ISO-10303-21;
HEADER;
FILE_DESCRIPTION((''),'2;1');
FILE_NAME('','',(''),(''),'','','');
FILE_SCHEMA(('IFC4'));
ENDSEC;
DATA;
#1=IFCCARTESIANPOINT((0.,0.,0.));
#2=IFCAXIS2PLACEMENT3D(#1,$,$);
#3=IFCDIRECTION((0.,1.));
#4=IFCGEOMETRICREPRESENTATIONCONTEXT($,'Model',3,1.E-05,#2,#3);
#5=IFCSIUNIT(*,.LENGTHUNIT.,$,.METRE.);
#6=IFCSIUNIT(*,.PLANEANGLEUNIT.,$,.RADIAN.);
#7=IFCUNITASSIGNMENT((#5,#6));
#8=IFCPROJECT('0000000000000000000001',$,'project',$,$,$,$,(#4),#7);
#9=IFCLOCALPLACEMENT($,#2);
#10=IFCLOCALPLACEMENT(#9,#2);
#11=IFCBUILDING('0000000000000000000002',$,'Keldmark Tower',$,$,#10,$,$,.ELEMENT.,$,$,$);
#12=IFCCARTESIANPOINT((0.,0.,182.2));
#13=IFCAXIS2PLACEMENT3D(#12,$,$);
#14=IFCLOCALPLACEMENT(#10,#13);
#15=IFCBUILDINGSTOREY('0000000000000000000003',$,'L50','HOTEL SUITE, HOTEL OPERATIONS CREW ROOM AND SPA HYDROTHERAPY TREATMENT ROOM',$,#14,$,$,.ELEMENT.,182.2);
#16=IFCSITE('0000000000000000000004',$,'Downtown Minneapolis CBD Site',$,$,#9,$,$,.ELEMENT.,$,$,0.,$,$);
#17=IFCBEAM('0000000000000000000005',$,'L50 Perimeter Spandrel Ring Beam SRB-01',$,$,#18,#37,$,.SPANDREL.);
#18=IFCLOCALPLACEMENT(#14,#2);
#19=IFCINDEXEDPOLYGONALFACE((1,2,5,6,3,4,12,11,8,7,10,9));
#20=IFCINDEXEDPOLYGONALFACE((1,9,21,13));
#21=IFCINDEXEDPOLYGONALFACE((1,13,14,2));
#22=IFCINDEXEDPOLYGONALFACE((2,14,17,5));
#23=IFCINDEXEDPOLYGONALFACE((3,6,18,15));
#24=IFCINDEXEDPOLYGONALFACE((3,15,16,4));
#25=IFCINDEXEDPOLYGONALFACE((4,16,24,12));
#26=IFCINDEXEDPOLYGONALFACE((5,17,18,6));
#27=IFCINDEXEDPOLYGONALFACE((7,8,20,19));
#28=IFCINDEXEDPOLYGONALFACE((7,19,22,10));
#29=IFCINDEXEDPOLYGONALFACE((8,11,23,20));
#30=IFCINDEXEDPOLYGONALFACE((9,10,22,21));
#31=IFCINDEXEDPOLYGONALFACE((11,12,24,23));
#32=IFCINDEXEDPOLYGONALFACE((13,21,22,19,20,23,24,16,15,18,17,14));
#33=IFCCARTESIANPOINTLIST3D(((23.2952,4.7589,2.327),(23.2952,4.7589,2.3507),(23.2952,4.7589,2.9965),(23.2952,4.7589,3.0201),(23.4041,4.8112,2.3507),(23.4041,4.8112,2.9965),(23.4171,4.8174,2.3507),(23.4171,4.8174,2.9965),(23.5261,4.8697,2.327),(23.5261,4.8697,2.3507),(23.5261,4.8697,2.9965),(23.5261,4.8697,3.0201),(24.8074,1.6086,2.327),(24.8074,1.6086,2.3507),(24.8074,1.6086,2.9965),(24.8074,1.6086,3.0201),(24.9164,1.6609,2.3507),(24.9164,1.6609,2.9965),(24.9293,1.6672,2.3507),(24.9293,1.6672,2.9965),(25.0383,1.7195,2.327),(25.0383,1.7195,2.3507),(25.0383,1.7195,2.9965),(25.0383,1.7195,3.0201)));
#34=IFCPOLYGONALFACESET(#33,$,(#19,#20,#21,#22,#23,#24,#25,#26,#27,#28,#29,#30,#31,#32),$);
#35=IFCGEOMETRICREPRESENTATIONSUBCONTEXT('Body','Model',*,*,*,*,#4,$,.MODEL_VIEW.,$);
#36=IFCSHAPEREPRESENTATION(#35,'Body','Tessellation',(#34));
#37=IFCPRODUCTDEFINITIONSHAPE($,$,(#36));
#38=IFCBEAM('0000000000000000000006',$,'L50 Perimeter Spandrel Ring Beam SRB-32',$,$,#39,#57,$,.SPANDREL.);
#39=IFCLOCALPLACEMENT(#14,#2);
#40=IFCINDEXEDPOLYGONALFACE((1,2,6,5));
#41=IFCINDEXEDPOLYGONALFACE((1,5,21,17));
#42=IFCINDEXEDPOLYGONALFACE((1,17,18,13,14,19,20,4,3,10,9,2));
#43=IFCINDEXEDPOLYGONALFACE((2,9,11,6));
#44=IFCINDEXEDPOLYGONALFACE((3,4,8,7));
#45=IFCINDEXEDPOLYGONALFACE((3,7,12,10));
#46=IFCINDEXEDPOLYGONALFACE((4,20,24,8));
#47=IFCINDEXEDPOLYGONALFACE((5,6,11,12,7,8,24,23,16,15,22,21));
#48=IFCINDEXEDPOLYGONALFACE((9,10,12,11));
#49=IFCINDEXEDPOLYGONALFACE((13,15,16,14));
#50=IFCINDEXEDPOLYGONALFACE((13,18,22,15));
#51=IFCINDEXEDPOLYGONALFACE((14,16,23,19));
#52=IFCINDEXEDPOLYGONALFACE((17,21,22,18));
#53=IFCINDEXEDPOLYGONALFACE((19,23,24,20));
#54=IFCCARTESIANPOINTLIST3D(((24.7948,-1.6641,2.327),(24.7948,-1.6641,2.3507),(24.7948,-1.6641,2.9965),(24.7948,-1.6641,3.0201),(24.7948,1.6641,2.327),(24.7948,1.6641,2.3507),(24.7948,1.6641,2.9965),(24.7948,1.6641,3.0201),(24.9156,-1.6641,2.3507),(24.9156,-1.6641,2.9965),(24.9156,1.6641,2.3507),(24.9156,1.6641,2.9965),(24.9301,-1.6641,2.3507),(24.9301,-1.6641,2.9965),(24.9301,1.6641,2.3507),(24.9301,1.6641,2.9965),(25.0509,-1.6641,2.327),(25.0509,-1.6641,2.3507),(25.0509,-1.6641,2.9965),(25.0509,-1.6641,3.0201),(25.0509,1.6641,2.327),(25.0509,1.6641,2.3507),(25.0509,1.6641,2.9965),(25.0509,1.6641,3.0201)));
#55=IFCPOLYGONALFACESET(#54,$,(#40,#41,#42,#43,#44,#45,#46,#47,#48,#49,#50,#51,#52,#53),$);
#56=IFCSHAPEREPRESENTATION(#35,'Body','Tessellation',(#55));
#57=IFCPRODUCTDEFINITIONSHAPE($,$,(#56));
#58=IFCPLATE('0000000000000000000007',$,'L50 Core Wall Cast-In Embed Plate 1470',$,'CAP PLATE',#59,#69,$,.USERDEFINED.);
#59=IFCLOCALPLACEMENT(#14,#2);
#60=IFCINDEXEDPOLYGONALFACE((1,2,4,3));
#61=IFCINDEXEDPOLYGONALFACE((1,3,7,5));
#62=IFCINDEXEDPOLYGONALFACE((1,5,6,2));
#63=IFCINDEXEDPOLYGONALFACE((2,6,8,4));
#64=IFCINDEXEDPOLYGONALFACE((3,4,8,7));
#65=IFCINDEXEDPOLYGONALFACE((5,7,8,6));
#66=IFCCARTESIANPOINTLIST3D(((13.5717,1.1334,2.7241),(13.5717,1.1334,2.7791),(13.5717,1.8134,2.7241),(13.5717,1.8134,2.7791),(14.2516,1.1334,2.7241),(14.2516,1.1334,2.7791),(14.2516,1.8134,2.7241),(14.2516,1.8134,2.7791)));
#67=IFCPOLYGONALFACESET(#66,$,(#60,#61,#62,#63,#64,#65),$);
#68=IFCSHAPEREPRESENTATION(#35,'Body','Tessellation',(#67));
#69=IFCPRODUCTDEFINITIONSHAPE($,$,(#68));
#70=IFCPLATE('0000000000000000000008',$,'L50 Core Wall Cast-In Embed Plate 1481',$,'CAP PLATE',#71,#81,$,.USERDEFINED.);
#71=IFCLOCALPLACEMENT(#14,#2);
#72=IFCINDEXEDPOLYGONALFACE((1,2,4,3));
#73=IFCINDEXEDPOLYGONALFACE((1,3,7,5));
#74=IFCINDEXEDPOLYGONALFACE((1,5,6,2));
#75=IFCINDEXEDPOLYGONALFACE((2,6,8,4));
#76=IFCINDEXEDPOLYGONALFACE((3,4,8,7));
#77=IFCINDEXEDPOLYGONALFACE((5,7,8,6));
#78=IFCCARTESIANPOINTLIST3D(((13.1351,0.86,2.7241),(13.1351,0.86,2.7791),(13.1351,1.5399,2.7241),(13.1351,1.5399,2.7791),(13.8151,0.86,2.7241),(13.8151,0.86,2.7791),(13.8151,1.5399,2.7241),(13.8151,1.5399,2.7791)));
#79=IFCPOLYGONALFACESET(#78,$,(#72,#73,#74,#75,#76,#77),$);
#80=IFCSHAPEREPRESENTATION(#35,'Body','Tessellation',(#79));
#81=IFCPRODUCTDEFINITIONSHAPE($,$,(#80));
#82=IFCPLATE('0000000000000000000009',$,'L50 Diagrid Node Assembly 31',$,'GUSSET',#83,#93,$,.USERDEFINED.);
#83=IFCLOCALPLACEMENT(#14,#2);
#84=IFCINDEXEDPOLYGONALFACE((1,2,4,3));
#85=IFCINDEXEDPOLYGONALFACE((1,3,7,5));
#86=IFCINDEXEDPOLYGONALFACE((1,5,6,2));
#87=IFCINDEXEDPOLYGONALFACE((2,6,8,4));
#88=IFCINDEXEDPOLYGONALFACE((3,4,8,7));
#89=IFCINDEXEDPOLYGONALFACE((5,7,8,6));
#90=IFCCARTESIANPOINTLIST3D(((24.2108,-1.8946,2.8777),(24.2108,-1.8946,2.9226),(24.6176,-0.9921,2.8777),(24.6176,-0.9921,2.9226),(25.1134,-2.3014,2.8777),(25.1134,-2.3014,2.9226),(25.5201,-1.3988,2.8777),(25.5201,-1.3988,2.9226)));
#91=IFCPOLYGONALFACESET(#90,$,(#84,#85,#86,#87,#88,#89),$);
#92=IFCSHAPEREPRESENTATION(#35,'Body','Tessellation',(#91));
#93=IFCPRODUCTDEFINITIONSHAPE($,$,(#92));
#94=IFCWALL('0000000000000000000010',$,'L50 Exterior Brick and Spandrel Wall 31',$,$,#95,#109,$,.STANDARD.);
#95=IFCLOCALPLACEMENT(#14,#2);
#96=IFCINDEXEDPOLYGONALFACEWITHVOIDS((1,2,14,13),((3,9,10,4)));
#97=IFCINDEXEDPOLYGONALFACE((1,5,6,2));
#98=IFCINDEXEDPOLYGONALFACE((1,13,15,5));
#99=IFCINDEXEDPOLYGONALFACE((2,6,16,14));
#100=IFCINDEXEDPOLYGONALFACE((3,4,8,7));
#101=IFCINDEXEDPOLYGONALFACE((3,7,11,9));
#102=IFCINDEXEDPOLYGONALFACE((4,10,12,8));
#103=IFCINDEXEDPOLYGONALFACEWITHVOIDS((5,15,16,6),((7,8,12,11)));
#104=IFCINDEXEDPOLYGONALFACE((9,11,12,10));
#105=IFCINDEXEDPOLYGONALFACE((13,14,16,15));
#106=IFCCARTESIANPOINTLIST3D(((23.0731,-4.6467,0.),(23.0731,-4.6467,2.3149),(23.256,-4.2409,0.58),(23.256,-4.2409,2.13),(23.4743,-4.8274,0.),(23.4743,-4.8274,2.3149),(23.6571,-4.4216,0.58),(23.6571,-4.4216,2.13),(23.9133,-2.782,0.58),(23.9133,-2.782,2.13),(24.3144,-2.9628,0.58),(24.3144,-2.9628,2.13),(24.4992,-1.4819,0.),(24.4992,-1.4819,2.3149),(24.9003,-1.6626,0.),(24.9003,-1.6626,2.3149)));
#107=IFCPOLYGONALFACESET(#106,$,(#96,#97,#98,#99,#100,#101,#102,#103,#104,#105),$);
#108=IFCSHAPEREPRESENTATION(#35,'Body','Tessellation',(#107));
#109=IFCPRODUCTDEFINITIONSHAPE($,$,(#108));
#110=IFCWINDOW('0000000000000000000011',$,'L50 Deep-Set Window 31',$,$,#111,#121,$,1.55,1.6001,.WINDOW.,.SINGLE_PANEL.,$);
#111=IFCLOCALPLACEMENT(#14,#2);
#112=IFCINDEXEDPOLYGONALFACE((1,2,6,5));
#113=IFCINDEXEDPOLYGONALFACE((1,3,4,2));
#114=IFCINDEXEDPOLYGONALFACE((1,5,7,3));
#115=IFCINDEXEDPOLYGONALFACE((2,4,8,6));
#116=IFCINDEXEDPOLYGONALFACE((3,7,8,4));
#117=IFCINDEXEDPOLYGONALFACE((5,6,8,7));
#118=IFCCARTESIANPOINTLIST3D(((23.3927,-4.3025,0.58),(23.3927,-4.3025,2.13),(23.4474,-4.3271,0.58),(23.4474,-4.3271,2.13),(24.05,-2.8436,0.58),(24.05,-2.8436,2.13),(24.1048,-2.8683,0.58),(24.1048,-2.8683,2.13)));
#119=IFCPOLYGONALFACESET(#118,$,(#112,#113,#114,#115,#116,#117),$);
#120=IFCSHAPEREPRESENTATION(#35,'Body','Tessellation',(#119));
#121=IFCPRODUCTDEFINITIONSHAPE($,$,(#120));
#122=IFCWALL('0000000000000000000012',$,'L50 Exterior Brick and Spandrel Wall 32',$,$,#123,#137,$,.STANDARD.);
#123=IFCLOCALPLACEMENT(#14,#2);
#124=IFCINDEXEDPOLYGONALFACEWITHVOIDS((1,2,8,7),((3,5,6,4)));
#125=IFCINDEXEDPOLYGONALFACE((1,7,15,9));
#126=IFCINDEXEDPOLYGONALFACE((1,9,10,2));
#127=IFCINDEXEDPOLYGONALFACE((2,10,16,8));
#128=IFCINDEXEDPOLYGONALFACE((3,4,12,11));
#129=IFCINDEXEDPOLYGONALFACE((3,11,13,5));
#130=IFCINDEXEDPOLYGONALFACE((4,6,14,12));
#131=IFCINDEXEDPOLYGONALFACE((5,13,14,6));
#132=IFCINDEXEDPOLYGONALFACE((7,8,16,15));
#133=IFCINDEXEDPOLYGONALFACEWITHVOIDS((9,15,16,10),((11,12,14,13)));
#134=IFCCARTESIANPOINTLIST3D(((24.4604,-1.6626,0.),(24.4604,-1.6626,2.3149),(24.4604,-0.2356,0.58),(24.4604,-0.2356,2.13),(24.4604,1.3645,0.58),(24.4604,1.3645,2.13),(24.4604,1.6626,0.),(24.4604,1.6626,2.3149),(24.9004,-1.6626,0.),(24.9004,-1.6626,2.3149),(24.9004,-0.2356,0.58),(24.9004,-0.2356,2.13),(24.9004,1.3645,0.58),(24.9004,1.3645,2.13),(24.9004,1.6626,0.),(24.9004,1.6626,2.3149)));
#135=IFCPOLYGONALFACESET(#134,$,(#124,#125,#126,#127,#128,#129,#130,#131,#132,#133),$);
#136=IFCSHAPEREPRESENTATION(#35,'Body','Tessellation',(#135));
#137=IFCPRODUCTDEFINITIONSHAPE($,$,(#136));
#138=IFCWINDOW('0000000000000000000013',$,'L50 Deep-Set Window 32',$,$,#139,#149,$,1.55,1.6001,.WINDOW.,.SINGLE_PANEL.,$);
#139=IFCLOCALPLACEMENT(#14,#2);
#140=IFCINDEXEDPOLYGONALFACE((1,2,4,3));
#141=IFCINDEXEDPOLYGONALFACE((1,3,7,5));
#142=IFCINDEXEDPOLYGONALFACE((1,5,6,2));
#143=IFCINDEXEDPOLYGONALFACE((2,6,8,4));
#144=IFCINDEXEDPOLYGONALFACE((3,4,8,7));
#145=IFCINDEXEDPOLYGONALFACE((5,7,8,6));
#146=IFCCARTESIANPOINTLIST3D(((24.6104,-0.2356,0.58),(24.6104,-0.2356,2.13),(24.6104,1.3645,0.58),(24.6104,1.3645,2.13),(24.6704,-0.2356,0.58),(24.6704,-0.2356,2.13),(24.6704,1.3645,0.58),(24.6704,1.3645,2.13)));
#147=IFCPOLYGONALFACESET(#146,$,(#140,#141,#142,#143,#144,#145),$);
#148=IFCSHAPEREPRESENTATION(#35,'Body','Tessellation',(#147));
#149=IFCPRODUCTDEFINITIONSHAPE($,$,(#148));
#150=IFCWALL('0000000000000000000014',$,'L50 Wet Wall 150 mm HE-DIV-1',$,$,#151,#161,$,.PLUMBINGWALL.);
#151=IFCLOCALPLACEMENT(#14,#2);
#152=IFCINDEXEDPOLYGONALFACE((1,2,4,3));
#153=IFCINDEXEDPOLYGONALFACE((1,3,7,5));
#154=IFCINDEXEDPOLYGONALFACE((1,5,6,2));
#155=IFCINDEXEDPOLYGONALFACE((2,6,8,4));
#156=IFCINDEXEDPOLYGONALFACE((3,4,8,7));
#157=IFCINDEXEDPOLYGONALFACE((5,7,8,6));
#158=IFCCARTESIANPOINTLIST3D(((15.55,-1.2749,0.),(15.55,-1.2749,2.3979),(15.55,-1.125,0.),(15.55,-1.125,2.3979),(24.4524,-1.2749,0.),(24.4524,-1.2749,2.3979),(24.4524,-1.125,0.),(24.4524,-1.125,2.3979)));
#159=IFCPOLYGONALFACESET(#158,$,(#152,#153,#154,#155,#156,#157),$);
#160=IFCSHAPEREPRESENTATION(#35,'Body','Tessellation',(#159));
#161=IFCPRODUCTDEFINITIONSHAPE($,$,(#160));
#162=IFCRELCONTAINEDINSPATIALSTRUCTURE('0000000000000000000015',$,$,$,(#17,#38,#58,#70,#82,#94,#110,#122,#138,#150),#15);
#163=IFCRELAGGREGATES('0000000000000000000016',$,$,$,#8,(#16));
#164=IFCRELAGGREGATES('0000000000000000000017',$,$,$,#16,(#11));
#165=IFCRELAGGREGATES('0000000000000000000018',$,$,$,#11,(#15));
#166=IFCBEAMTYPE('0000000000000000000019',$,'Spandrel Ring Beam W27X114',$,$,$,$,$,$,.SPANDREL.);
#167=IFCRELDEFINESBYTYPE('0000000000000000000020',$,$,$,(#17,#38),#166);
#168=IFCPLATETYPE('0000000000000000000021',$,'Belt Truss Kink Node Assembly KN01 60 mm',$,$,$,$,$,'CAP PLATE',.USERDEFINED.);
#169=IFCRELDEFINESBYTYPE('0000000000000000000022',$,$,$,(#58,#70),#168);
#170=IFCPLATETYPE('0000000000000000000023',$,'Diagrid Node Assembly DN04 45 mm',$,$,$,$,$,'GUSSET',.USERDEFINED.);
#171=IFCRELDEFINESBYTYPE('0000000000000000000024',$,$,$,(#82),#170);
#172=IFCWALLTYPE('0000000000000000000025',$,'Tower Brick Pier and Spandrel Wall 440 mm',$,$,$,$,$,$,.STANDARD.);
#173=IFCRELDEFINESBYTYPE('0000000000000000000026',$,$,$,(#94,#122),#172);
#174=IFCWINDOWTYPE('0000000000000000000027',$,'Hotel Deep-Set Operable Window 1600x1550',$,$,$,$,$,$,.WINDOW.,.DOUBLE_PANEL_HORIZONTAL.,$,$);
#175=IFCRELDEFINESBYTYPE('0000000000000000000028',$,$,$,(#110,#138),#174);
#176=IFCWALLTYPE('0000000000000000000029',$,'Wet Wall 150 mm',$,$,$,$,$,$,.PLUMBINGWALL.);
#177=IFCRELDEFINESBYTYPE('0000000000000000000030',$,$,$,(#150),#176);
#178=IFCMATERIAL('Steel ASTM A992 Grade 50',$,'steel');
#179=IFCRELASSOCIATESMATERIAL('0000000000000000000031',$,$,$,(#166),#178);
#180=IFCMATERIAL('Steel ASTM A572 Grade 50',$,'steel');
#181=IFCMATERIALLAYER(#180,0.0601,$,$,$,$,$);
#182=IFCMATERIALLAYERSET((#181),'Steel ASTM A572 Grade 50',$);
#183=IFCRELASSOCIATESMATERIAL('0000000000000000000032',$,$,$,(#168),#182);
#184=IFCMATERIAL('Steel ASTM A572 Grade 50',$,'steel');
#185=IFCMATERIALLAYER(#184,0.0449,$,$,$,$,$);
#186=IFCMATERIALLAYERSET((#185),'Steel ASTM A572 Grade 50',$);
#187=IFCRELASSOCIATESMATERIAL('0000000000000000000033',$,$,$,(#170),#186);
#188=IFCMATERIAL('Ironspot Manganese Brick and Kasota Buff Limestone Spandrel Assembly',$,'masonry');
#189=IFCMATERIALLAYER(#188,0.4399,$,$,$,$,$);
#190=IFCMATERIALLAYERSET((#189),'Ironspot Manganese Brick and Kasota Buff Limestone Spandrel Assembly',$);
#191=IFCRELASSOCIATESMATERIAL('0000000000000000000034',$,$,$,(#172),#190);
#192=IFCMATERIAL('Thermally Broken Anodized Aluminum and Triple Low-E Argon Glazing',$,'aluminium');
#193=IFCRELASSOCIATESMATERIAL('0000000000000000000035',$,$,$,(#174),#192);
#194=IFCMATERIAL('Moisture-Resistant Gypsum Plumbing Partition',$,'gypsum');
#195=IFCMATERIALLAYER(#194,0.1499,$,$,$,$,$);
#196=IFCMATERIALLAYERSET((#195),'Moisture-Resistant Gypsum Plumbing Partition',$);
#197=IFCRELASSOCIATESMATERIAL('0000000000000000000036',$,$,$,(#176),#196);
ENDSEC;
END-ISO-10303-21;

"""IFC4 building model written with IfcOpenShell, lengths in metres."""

from ifc_helpers import new_model, si_unit, direction, frame, frame_2d, origin, origin_2d, place, context, subcontext, project, spatial, rectangle, i_section, extrude, material, layer, layer_set, material_profile, profile_set, type_object, element, fill, save


model = new_model("IFC4")

# Units and contexts
model_context = context("Model", 3, precision=1e-05, world=origin(), true_north=direction((0.0, 1.0)))
body_context = subcontext(model_context, "Body", "Model", "MODEL_VIEW")
ifc_project = project(units=[si_unit("LENGTHUNIT", "METRE"), si_unit("PLANEANGLEUNIT", "RADIAN")], contexts=[model_context])

# Site, building, storey
site_placement = place(None, origin())
site = spatial("IfcSite", under=ifc_project, at=site_placement, Name="Downtown Minneapolis CBD Site", CompositionType="ELEMENT", RefElevation=0.0)
building_placement = place(site_placement, origin())
building = spatial("IfcBuilding", under=site, at=building_placement, Name="Keldmark Tower", CompositionType="ELEMENT")
storey_placement = place(building_placement, frame((0.0, 0.0, 182.2)))
storey = spatial("IfcBuildingStorey", under=building, at=storey_placement, Name="L50", Description="HOTEL SUITE, HOTEL OPERATIONS CREW ROOM AND SPA HYDROTHERAPY TREATMENT ROOM", CompositionType="ELEMENT", Elevation=182.2)

# Beams
ifc_material_1 = material(Name="Steel ASTM A992 Grade 50", Category="steel")
ifc_material_profile_1 = material_profile(ifc_material_1, i_section(OverallWidth=0.2561, OverallDepth=0.6931, WebThickness=0.0144, FlangeThickness=0.0237, at=origin_2d()), Name="W27X114")
ifc_profile_set_1 = profile_set([ifc_material_profile_1], Name="Steel ASTM A992 Grade 50")
beam_type_1 = type_object("IfcBeamType", Name="Spandrel Ring Beam W27X114", PredefinedType="SPANDREL", material=ifc_profile_set_1)
beam_1_placement = place(storey_placement, frame((24.9229, 1.6641, 2.6736), z_axis=(-0.432763, 0.901508, 0.0), x_axis=(-0.901508, -0.432763, 0.0)))
element("IfcBeam", 1, at=beam_1_placement, inside=storey, type_object=beam_type_1, Name="L50 Perimeter Spandrel Ring Beam SRB-01", PredefinedType="SPANDREL", context=body_context, shape_type="SweptSolid", body=[
    extrude(i_section(OverallWidth=0.2561, OverallDepth=0.6931, WebThickness=0.0144, FlangeThickness=0.0237, at=origin_2d()), origin(), (0.0, 0.0, 1.0), 3.4944),
])
beam_2_placement = place(storey_placement, frame((24.9229, -1.6641, 2.6736), z_axis=(0.0, 1.0, 0.0), x_axis=(-1.0, 0.0, 0.0)))
element("IfcBeam", 2, at=beam_2_placement, inside=storey, type_object=beam_type_1, Name="L50 Perimeter Spandrel Ring Beam SRB-32", PredefinedType="SPANDREL", context=body_context, shape_type="SweptSolid", body=[
    extrude(i_section(OverallWidth=0.2561, OverallDepth=0.6931, WebThickness=0.0144, FlangeThickness=0.0237, at=origin_2d()), origin(), (0.0, 0.0, 1.0), 3.3281),
])

# Plates
ifc_material_2 = material(Name="Steel ASTM A572 Grade 50", Category="steel")
ifc_layer_1 = layer(ifc_material_2, 0.0601)
ifc_layer_set_1 = layer_set([ifc_layer_1], Name="Steel ASTM A572 Grade 50")
plate_type_1 = type_object("IfcPlateType", Name="Belt Truss Kink Node Assembly KN01 60 mm", ElementType="CAP PLATE", PredefinedType="USERDEFINED", material=ifc_layer_set_1)
for number, where, z_axis, x_axis, name in (
    (3, (13.9116, 1.4734, 2.7241), (0.0, 0.0, 1.0), (1.0, 0.0, 0.0), "L50 Core Wall Cast-In Embed Plate 1470"),
    (4, (13.4751, 1.2, 2.7241), (0.0, 0.0, 1.0), (1.0, 0.0, 0.0), "L50 Core Wall Cast-In Embed Plate 1481"),
):
    element("IfcPlate", number, at=place(storey_placement, frame(where, z_axis=z_axis, x_axis=x_axis)), inside=storey, type_object=plate_type_1, Name=name, ObjectType="CAP PLATE", PredefinedType="USERDEFINED", context=body_context, shape_type="SweptSolid", body=[
        extrude(rectangle(XDim=0.6799, YDim=0.6799, at=origin_2d()), origin(), (0.0, 0.0, 1.0), 0.0549),
    ])
ifc_material_3 = material(Name="Steel ASTM A572 Grade 50", Category="steel")
ifc_layer_2 = layer(ifc_material_3, 0.0449)
ifc_layer_set_2 = layer_set([ifc_layer_2], Name="Steel ASTM A572 Grade 50")
plate_type_2 = type_object("IfcPlateType", Name="Diagrid Node Assembly DN04 45 mm", ElementType="GUSSET", PredefinedType="USERDEFINED", material=ifc_layer_set_2)
plate_placement = place(storey_placement, frame((24.8655, -1.6467, 2.8777), z_axis=(0.0, 0.0, 1.0), x_axis=(0.410878, 0.91169, 0.0)))
element("IfcPlate", 5, at=plate_placement, inside=storey, type_object=plate_type_2, Name="L50 Diagrid Node Assembly 31", ObjectType="GUSSET", PredefinedType="USERDEFINED", context=body_context, shape_type="SweptSolid", body=[
    extrude(rectangle(XDim=0.99, YDim=0.99, at=origin_2d()), origin(), (0.0, 0.0, 1.0), 0.0449),
])

# Walls, openings, windows
ifc_material_4 = material(Name="Ironspot Manganese Brick and Kasota Buff Limestone Spandrel Assembly", Category="masonry")
ifc_layer_3 = layer(ifc_material_4, 0.4399)
ifc_layer_set_3 = layer_set([ifc_layer_3], Name="Ironspot Manganese Brick and Kasota Buff Limestone Spandrel Assembly")
wall_type_1 = type_object("IfcWallType", Name="Tower Brick Pier and Spandrel Wall 440 mm", PredefinedType="STANDARD", material=ifc_layer_set_3)
wall_1_placement = place(storey_placement, frame((24.6997, -1.5723, 0.0), z_axis=(0.0, 0.0, 1.0), x_axis=(-0.410812, -0.91172, 0.0)))
wall_1 = element("IfcWall", 6, at=wall_1_placement, inside=storey, type_object=wall_type_1, Name="L50 Exterior Brick and Spandrel Wall 31", PredefinedType="STANDARD", context=body_context, shape_type="SweptSolid", body=[
    extrude(rectangle(XDim=3.4712, YDim=0.4399, at=frame_2d((1.7356, 0.0))), origin(), (0.0, 0.0, 1.0), 2.3149),
])
opening_1_placement = place(wall_1_placement, frame((1.426, 0.0, 0.5801)))
opening_1 = element("IfcOpeningElement", 7, at=opening_1_placement, cuts=wall_1, PredefinedType="OPENING", context=body_context, shape_type="SweptSolid", body=[
    extrude(rectangle(XDim=1.6001, YDim=1.55, at=frame_2d((0.8, 0.7749))), frame((0.0, 0.23, 0.0), z_axis=(0.0, -1.0, 0.0), x_axis=(1.0, 0.0, 0.0)), (0.0, 0.0, 1.0), 0.46),
])
ifc_material_5 = material(Name="Thermally Broken Anodized Aluminum and Triple Low-E Argon Glazing", Category="aluminium")
window_type = type_object("IfcWindowType", Name="Hotel Deep-Set Operable Window 1600x1550", PartitioningType="DOUBLE_PANEL_HORIZONTAL", PredefinedType="WINDOW", material=ifc_material_5)
window_1_placement = place(opening_1_placement, origin())
window_1 = element("IfcWindow", 8, at=window_1_placement, inside=storey, type_object=window_type, Name="L50 Deep-Set Window 31", OverallHeight=1.55, OverallWidth=1.6001, PartitioningType="SINGLE_PANEL", PredefinedType="WINDOW", context=body_context, shape_type="SweptSolid", body=[
    extrude(rectangle(XDim=1.6001, YDim=1.55, at=frame_2d((0.8, 0.7749))), frame((0.0, -0.01, 0.0), z_axis=(0.0, -1.0, 0.0), x_axis=(1.0, 0.0, 0.0)), (0.0, 0.0, 1.0), 0.0601),
])
fill(opening_1, window_1)
wall_2_placement = place(storey_placement, frame((24.6804, 1.6626, 0.0), z_axis=(0.0, 0.0, 1.0), x_axis=(0.0, -1.0, 0.0)))
wall_2 = element("IfcWall", 9, at=wall_2_placement, inside=storey, type_object=wall_type_1, Name="L50 Exterior Brick and Spandrel Wall 32", PredefinedType="STANDARD", context=body_context, shape_type="SweptSolid", body=[
    extrude(rectangle(XDim=3.3252, YDim=0.4399, at=frame_2d((1.6626, 0.0))), origin(), (0.0, 0.0, 1.0), 2.3149),
])
opening_2_placement = place(wall_2_placement, frame((0.2981, 0.0, 0.5801)))
opening_2 = element("IfcOpeningElement", 10, at=opening_2_placement, cuts=wall_2, PredefinedType="OPENING", context=body_context, shape_type="SweptSolid", body=[
    extrude(rectangle(XDim=1.6001, YDim=1.55, at=frame_2d((0.8, 0.7749))), frame((0.0, 0.23, 0.0), z_axis=(0.0, -1.0, 0.0), x_axis=(1.0, 0.0, 0.0)), (0.0, 0.0, 1.0), 0.46),
])
window_2_placement = place(opening_2_placement, origin())
window_2 = element("IfcWindow", 11, at=window_2_placement, inside=storey, type_object=window_type, Name="L50 Deep-Set Window 32", OverallHeight=1.55, OverallWidth=1.6001, PartitioningType="SINGLE_PANEL", PredefinedType="WINDOW", context=body_context, shape_type="SweptSolid", body=[
    extrude(rectangle(XDim=1.6001, YDim=1.55, at=frame_2d((0.8, 0.7749))), frame((0.0, -0.01, 0.0), z_axis=(0.0, -1.0, 0.0), x_axis=(1.0, 0.0, 0.0)), (0.0, 0.0, 1.0), 0.0601),
])
fill(opening_2, window_2)

# Wall
ifc_material_6 = material(Name="Moisture-Resistant Gypsum Plumbing Partition", Category="gypsum")
ifc_layer_4 = layer(ifc_material_6, 0.1499)
ifc_layer_set_4 = layer_set([ifc_layer_4], Name="Moisture-Resistant Gypsum Plumbing Partition")
wall_type_2 = type_object("IfcWallType", Name="Wet Wall 150 mm", PredefinedType="PLUMBINGWALL", material=ifc_layer_set_4)
wall_3_placement = place(storey_placement, frame((15.55, -1.2, 0.0), z_axis=(0.0, 0.0, 1.0), x_axis=(1.0, 0.0, 0.0)))
element("IfcWall", 12, at=wall_3_placement, inside=storey, type_object=wall_type_2, Name="L50 Wet Wall 150 mm HE-DIV-1", PredefinedType="PLUMBINGWALL", context=body_context, shape_type="SweptSolid", body=[
    extrude(rectangle(XDim=8.9023, YDim=0.1499, at=frame_2d((4.4512, 0.0))), origin(), (0.0, 0.0, 1.0), 2.3979),
])

save(model, "model.ifc")
